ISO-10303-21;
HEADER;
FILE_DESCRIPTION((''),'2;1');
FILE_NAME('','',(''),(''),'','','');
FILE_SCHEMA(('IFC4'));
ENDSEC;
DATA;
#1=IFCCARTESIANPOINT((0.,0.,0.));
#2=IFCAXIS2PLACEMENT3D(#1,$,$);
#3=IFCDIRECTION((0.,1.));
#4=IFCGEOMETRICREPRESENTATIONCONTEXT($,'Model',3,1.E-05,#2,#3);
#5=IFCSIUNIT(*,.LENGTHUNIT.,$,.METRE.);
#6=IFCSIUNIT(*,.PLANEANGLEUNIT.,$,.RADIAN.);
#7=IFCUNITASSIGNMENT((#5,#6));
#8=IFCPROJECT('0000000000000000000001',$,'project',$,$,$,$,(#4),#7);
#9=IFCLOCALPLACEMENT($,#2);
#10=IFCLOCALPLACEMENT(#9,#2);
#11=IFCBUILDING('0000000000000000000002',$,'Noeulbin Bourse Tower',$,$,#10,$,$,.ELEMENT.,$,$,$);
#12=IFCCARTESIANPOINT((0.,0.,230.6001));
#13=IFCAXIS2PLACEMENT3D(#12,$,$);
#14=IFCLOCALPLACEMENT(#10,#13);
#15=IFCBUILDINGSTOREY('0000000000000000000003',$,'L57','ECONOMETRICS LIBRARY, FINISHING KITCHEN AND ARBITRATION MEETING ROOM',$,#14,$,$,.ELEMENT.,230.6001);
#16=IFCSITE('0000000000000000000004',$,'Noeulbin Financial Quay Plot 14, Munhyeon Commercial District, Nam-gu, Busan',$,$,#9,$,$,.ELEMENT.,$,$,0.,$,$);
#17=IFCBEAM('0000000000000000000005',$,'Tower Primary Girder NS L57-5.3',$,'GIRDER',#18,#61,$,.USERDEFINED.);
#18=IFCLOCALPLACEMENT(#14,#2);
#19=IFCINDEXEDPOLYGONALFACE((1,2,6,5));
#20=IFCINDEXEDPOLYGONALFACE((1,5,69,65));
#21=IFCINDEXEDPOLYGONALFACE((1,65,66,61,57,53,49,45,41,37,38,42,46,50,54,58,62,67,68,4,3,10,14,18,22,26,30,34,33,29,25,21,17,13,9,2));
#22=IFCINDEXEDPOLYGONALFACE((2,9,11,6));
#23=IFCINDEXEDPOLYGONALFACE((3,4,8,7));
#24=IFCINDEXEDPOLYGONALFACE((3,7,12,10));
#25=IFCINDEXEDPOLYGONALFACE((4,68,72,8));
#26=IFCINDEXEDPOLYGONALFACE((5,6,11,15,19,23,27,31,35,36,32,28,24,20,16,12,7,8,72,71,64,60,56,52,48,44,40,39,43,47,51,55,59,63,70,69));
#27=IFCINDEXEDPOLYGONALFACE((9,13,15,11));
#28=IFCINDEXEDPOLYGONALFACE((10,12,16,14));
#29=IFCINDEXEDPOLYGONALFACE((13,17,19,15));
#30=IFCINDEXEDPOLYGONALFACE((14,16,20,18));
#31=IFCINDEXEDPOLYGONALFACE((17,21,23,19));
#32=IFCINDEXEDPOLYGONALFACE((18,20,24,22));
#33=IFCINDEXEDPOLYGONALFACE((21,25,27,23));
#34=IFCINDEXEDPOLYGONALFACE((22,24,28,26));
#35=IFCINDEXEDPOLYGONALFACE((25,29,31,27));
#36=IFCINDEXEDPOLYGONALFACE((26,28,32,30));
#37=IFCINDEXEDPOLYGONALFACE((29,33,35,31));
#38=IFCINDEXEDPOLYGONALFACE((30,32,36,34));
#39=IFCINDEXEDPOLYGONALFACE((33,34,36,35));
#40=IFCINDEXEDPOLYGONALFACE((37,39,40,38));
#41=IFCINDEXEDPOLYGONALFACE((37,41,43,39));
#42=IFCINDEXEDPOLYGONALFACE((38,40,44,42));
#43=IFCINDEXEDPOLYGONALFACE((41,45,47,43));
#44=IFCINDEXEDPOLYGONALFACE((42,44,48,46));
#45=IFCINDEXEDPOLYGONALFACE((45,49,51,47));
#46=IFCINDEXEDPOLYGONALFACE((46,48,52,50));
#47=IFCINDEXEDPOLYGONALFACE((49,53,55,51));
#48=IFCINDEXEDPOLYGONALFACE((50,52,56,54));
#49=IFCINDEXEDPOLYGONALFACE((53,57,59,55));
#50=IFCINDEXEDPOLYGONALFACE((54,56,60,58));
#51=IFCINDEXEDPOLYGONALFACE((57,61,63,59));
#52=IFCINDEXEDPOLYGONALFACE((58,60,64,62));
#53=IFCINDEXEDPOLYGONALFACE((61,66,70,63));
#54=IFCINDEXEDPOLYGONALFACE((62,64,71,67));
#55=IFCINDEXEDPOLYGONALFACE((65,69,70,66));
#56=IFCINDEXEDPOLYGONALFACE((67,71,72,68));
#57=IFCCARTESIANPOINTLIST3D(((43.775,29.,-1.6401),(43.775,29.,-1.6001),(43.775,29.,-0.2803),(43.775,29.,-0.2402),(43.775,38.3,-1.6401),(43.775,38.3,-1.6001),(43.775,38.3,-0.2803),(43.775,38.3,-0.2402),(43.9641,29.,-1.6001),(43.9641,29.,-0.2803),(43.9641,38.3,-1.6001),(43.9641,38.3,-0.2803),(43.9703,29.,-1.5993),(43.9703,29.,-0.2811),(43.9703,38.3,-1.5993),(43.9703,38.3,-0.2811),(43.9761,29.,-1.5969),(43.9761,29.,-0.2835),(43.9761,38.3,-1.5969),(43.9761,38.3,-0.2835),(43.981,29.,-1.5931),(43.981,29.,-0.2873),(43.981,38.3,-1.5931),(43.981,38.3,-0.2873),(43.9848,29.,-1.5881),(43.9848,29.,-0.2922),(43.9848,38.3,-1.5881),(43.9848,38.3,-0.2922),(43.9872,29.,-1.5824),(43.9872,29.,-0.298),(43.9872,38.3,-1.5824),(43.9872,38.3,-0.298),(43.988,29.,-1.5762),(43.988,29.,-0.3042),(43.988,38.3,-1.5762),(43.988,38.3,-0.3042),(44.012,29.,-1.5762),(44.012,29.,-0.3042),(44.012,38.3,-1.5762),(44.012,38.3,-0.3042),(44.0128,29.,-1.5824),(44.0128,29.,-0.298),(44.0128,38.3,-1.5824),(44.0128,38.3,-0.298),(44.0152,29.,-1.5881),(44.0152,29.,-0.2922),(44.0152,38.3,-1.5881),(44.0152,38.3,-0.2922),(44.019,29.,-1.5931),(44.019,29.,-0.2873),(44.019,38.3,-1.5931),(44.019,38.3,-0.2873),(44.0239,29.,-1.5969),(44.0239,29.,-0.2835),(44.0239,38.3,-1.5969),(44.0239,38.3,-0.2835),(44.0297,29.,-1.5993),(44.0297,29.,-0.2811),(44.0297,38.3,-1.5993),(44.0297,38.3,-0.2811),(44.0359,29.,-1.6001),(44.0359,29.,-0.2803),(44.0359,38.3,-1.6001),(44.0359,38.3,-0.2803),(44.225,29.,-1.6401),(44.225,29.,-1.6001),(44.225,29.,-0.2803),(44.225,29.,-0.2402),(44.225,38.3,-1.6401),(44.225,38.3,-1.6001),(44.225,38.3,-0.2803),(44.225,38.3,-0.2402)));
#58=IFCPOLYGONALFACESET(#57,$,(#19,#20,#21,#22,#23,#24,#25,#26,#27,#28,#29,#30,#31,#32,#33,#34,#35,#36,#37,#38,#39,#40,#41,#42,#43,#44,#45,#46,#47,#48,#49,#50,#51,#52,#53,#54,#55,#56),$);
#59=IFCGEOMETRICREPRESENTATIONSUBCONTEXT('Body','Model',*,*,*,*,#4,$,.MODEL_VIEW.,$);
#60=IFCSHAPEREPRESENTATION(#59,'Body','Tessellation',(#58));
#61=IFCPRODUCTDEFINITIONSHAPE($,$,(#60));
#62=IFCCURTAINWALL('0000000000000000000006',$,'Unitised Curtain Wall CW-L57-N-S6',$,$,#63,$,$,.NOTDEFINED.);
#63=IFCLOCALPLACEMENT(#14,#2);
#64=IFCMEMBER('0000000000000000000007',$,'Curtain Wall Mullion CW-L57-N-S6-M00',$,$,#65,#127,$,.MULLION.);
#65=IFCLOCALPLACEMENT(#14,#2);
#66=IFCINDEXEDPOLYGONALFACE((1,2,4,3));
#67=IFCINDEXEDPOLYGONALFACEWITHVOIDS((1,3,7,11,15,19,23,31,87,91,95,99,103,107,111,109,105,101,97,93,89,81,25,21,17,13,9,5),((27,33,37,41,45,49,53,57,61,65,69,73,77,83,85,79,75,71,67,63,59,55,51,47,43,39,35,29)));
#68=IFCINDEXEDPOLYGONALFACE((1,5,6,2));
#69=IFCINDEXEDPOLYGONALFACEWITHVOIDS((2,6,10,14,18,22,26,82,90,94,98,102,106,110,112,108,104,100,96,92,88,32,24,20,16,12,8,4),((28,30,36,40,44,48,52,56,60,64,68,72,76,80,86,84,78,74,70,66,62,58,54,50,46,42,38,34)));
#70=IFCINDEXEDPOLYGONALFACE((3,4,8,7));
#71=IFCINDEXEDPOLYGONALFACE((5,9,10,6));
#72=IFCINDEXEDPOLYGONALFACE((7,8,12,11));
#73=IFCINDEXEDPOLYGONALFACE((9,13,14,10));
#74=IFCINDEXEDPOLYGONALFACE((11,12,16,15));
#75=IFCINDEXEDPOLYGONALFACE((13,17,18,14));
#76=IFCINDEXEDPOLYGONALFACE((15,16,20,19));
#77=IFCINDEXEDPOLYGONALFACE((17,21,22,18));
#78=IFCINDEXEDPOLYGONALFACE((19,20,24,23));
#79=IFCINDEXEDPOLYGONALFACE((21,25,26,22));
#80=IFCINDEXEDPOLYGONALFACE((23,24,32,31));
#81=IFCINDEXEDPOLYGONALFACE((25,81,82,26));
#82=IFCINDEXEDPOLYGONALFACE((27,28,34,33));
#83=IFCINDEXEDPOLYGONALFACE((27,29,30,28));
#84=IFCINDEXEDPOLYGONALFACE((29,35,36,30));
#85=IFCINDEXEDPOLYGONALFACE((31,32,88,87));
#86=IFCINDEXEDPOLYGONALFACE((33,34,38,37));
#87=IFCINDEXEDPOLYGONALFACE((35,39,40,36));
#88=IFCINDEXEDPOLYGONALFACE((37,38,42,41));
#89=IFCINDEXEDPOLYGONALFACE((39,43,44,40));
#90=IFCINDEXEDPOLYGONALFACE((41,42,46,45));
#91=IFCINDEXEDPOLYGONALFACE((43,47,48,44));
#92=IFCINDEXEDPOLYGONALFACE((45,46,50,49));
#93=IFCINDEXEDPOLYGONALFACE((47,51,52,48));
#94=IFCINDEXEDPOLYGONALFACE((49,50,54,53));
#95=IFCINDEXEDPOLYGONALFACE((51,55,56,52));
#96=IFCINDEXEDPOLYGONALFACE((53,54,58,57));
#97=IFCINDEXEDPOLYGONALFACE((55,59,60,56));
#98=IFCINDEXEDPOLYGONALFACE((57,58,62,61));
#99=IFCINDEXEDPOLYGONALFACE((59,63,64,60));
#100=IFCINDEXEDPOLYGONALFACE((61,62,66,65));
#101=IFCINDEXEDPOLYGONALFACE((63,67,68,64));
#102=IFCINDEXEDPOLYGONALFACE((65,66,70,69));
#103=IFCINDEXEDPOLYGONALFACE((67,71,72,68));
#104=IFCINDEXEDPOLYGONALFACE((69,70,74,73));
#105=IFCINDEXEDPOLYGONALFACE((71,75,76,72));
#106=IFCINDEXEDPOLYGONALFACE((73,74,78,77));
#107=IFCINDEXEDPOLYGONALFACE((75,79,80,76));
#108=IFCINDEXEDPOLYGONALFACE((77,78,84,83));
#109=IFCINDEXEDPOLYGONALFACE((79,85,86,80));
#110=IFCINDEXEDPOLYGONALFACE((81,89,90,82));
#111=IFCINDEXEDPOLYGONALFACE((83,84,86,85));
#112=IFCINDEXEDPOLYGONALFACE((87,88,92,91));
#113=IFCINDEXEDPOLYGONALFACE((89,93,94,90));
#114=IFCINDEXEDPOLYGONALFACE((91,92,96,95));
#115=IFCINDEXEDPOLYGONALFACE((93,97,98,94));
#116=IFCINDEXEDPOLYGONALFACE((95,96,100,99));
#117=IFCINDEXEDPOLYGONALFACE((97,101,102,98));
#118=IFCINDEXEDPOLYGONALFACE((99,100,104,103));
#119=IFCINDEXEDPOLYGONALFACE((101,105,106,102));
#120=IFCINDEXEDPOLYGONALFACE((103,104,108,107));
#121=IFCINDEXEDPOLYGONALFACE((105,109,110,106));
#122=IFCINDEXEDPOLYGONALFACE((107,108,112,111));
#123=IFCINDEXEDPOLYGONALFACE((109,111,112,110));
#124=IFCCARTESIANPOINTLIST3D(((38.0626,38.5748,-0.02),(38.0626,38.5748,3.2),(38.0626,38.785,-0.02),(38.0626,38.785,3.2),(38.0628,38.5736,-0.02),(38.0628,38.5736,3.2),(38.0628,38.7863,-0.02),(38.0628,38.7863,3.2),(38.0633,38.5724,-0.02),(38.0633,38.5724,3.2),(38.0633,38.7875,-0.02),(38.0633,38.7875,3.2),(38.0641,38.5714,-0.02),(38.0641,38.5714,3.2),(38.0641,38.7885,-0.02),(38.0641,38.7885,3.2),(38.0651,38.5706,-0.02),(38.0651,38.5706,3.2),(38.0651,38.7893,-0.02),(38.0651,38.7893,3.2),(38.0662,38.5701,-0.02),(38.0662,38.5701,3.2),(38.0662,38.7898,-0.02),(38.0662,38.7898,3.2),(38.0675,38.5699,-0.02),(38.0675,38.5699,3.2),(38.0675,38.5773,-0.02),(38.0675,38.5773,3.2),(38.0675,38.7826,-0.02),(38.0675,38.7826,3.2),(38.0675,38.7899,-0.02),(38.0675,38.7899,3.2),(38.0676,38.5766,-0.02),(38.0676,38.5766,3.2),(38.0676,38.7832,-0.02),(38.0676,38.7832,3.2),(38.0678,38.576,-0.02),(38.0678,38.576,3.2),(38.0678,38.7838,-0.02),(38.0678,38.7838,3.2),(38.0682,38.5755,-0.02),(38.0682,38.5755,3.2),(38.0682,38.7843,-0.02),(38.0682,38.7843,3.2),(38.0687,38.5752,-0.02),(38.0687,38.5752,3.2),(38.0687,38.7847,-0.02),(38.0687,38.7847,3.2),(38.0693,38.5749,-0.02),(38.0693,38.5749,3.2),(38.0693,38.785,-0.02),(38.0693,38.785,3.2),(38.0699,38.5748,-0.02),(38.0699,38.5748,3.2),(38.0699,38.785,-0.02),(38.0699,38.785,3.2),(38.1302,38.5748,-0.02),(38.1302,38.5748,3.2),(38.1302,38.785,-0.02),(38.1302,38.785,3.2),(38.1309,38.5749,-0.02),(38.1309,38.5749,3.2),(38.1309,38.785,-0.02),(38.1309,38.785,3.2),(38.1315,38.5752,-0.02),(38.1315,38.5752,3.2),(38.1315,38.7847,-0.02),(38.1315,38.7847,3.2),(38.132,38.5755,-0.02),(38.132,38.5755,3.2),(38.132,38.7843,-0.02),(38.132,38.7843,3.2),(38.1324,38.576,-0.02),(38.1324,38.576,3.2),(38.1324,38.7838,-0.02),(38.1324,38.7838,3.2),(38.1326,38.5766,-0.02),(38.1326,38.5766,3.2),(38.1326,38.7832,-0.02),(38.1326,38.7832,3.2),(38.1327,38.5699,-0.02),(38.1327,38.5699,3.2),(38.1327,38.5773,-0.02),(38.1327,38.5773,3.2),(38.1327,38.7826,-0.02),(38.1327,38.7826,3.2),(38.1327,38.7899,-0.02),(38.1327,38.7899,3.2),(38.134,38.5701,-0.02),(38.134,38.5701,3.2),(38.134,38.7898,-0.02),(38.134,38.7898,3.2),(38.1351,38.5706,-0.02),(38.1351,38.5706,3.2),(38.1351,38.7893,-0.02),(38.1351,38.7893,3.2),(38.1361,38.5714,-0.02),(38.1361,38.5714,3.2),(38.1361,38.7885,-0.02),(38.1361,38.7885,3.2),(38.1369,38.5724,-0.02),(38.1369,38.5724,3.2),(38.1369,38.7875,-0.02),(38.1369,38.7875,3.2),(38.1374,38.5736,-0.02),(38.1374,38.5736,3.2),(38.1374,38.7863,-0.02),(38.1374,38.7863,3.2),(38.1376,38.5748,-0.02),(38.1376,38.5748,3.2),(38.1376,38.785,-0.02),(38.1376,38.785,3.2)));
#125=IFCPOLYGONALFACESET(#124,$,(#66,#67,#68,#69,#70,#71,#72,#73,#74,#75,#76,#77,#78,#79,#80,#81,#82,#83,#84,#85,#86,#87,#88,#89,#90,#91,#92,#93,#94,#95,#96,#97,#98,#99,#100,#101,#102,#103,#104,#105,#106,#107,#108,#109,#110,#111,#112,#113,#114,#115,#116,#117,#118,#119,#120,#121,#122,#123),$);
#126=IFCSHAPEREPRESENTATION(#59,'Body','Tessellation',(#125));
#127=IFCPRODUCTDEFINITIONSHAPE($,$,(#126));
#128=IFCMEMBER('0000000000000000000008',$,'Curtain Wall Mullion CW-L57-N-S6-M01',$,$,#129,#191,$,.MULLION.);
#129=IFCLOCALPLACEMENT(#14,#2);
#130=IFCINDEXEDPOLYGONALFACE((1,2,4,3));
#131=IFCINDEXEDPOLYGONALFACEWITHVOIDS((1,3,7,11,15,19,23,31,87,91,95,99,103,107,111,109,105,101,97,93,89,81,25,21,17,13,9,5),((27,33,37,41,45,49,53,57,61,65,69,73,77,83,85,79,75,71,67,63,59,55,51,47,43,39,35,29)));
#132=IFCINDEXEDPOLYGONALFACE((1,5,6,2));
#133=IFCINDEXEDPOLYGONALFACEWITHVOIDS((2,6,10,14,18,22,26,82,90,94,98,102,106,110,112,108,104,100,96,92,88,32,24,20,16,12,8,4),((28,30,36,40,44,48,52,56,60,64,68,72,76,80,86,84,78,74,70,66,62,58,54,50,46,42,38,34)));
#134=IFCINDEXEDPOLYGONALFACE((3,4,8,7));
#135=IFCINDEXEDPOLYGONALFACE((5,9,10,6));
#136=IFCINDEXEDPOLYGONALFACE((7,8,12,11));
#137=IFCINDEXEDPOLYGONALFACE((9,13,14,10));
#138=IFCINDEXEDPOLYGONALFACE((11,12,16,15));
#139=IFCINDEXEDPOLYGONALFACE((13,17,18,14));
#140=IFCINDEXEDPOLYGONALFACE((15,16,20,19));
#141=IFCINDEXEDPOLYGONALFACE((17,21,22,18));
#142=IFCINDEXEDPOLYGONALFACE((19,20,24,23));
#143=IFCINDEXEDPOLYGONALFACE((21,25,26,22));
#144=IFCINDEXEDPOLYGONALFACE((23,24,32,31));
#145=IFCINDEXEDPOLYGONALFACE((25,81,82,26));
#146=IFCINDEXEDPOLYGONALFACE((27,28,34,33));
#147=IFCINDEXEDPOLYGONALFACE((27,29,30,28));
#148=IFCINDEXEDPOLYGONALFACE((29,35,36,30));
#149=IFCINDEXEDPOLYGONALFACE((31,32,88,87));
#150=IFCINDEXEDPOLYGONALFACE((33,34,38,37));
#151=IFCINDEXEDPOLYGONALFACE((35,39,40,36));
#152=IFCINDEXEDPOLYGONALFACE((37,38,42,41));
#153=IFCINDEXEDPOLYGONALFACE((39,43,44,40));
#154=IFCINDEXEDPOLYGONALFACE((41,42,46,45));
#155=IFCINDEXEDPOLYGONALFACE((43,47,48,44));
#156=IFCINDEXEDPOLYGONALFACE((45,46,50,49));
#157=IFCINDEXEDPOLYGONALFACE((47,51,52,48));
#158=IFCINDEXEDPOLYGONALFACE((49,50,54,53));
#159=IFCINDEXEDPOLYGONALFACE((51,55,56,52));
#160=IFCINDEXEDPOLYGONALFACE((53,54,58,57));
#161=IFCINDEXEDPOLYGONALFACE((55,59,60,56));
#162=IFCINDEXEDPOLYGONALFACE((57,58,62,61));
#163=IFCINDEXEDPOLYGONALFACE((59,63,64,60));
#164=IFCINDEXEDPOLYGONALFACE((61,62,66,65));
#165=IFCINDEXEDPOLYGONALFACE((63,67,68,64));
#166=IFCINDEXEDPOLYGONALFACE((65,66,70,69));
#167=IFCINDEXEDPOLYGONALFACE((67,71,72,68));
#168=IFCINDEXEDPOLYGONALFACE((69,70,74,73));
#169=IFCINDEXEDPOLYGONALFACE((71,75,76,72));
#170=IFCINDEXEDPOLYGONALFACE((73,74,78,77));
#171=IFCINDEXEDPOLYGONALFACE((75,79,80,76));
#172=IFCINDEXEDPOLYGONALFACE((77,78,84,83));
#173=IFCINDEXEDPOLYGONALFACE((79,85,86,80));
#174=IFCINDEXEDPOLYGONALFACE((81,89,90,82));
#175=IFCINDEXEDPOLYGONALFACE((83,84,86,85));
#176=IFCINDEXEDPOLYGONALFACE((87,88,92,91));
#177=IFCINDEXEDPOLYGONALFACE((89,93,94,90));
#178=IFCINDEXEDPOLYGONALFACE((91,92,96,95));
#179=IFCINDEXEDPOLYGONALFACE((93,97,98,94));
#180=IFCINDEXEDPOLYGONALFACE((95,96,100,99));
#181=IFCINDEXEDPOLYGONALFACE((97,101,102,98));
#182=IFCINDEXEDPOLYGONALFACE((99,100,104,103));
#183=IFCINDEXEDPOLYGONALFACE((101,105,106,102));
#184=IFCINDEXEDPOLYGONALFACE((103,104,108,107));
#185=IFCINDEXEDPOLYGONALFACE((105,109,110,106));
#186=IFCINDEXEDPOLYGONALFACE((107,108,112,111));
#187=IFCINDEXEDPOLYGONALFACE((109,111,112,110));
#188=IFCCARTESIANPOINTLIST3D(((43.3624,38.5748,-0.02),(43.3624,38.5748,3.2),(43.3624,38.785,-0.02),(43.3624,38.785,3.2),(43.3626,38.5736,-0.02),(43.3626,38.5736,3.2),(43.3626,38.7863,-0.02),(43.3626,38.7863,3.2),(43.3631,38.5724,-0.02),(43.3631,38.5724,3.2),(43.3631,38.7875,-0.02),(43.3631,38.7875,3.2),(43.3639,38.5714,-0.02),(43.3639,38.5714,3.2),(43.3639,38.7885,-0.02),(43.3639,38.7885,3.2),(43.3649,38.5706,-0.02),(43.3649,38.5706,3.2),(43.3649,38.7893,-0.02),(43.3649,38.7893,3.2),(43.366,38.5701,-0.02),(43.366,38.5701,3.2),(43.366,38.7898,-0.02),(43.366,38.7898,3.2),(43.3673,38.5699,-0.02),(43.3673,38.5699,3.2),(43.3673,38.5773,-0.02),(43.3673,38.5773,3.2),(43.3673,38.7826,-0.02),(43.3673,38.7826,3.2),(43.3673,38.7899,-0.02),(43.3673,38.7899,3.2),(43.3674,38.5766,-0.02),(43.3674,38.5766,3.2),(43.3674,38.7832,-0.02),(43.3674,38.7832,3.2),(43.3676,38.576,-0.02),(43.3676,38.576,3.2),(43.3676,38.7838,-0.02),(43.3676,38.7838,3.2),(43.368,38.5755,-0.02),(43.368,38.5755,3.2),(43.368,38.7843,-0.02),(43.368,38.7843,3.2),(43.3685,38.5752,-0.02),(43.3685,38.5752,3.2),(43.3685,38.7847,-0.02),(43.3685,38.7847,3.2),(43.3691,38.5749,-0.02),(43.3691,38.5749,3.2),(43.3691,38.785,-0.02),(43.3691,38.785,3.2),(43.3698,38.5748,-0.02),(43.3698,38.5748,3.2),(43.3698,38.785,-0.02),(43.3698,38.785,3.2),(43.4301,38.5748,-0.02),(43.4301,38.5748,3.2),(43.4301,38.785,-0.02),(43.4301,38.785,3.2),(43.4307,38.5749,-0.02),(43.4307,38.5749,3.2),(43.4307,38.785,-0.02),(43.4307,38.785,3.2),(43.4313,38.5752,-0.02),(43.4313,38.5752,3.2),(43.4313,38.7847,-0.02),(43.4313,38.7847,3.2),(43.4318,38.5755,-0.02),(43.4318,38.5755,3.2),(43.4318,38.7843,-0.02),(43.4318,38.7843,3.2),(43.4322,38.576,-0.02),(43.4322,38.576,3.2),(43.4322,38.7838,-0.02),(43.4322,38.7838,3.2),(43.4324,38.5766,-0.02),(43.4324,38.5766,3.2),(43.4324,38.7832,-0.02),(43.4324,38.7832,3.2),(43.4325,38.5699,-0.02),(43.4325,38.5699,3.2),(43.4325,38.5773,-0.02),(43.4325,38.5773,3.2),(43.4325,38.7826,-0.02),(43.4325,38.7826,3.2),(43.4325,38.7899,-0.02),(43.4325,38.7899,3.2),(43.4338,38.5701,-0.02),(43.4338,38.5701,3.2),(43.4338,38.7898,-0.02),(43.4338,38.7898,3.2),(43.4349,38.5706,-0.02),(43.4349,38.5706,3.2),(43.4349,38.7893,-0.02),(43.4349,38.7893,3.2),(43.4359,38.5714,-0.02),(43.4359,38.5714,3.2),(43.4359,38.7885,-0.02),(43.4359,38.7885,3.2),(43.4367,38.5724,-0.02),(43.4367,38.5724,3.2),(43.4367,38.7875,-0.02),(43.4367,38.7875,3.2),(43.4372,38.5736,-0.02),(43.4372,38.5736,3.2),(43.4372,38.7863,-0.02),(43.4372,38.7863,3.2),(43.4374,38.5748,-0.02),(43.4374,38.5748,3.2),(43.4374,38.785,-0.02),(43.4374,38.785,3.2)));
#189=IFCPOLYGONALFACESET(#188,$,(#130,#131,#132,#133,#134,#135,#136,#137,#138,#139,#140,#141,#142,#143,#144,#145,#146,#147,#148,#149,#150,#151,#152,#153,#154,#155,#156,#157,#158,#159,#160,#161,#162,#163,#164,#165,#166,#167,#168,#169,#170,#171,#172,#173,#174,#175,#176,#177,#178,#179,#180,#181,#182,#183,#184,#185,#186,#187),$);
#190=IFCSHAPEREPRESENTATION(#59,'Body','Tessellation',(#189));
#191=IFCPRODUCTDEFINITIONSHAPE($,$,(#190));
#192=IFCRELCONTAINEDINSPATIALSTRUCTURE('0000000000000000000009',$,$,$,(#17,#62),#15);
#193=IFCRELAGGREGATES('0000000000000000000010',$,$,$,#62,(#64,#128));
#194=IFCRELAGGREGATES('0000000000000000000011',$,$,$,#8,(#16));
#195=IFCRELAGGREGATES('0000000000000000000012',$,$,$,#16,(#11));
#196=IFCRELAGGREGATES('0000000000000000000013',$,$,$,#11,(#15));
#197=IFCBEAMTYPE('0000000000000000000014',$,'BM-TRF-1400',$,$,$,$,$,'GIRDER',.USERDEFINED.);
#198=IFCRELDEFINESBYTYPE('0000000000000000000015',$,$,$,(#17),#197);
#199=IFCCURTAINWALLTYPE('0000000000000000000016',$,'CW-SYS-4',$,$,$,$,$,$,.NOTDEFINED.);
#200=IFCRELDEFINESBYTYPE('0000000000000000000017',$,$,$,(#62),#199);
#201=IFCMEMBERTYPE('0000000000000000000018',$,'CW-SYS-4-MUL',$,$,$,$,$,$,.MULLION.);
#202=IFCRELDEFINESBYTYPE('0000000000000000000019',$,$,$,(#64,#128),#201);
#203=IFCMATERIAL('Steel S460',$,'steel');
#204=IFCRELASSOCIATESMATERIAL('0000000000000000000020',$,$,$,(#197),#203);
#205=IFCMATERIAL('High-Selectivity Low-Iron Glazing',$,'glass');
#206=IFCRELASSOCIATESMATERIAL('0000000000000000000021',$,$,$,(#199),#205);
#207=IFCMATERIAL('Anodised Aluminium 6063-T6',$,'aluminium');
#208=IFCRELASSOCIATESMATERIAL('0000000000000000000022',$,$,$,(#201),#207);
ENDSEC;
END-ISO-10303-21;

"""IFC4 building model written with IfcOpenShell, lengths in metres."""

from ifc_helpers import new_model, si_unit, direction, frame, origin, origin_2d, place, context, subcontext, project, spatial, hollow_rectangle, i_section, extrude, material, material_profile, profile_set, type_object, element, aggregate, save


model = new_model("IFC4")

# Units and contexts
model_context = context("Model", 3, precision=1e-05, world=origin(), true_north=direction((0.0, 1.0)))
body_context = subcontext(model_context, "Body", "Model", "MODEL_VIEW")
ifc_project = project(units=[si_unit("LENGTHUNIT", "METRE"), si_unit("PLANEANGLEUNIT", "RADIAN")], contexts=[model_context])

# Site, building, storey
site_placement = place(None, origin())
site = spatial("IfcSite", under=ifc_project, at=site_placement, Name="Noeulbin Financial Quay Plot 14, Munhyeon Commercial District, Nam-gu, Busan", CompositionType="ELEMENT", RefElevation=0.0)
building_placement = place(site_placement, origin())
building = spatial("IfcBuilding", under=site, at=building_placement, Name="Noeulbin Bourse Tower", CompositionType="ELEMENT")
storey_placement = place(building_placement, frame((0.0, 0.0, 230.6001)))
storey = spatial("IfcBuildingStorey", under=building, at=storey_placement, Name="L57", Description="ECONOMETRICS LIBRARY, FINISHING KITCHEN AND ARBITRATION MEETING ROOM", CompositionType="ELEMENT", Elevation=230.6001)

# Beam
ifc_material_1 = material(Name="Steel S460", Category="steel")
ifc_material_profile_1 = material_profile(ifc_material_1, i_section(OverallWidth=0.45, OverallDepth=1.3999, WebThickness=0.0239, FlangeThickness=0.04, FilletRadius=0.0239, at=origin_2d()), Name="PG-1400x450x24x40", Category="LoadBearing")
ifc_profile_set_1 = profile_set([ifc_material_profile_1], Name="Steel S460")
beam_type_1 = type_object("IfcBeamType", Name="BM-TRF-1400", ElementType="GIRDER", PredefinedType="USERDEFINED", material=ifc_profile_set_1)
beam_1_placement = place(storey_placement, frame((44.0, 29.0, -0.9402), z_axis=(0.0, 1.0, 0.0), x_axis=(-1.0, 0.0, 0.0)))
element("IfcBeam", 1, at=beam_1_placement, inside=storey, type_object=beam_type_1, Name="Tower Primary Girder NS L57-5.3", ObjectType="GIRDER", PredefinedType="USERDEFINED", context=body_context, shape_type="SweptSolid", body=[
    extrude(i_section(OverallWidth=0.45, OverallDepth=1.3999, WebThickness=0.0239, FlangeThickness=0.04, FilletRadius=0.0239, at=origin_2d()), origin(), (0.0, 0.0, 1.0), 9.3),
])

# Curtain wall, members
ifc_material_2 = material(Name="High-Selectivity Low-Iron Glazing", Category="glass")
curtain_wall_type = type_object("IfcCurtainWallType", Name="CW-SYS-4", PredefinedType="NOTDEFINED", material=ifc_material_2)
curtain_wall_1_placement = place(storey_placement, origin())
curtain_wall_1 = element("IfcCurtainWall", 2, at=curtain_wall_1_placement, inside=storey, type_object=curtain_wall_type, Name="Unitised Curtain Wall CW-L57-N-S6", PredefinedType="NOTDEFINED")
ifc_material_3 = material(Name="Anodised Aluminium 6063-T6", Category="aluminium")
ifc_material_profile_2 = material_profile(ifc_material_3, hollow_rectangle(XDim=0.075, YDim=0.22, WallThickness=0.0049, InnerFilletRadius=0.0024, OuterFilletRadius=0.0049, at=origin_2d()), Name="ALU-MULL-75x220x5", Category="LoadBearing")
ifc_profile_set_2 = profile_set([ifc_material_profile_2], Name="Anodised Aluminium 6063-T6")
member_type_1 = type_object("IfcMemberType", Name="CW-SYS-4-MUL", PredefinedType="MULLION", material=ifc_profile_set_2)
member_1_placement = place(storey_placement, frame((38.1001, 38.6799, -0.02), z_axis=(0.0, 0.0, 1.0), x_axis=(1.0, 0.0, 0.0)))
member_1 = element("IfcMember", 3, at=member_1_placement, type_object=member_type_1, Name="Curtain Wall Mullion CW-L57-N-S6-M00", PredefinedType="MULLION", context=body_context, shape_type="SweptSolid", body=[
    extrude(hollow_rectangle(XDim=0.075, YDim=0.22, WallThickness=0.0049, InnerFilletRadius=0.0024, OuterFilletRadius=0.0049, at=origin_2d()), origin(), (0.0, 0.0, 1.0), 3.22),
])
member_2_placement = place(storey_placement, frame((43.3999, 38.6799, -0.02), z_axis=(0.0, 0.0, 1.0), x_axis=(1.0, 0.0, 0.0)))
member_2 = element("IfcMember", 4, at=member_2_placement, type_object=member_type_1, Name="Curtain Wall Mullion CW-L57-N-S6-M01", PredefinedType="MULLION", context=body_context, shape_type="SweptSolid", body=[
    extrude(hollow_rectangle(XDim=0.075, YDim=0.22, WallThickness=0.0049, InnerFilletRadius=0.0024, OuterFilletRadius=0.0049, at=origin_2d()), origin(), (0.0, 0.0, 1.0), 3.22),
])

aggregate(curtain_wall_1, [member_1, member_2])

save(model, "model.ifc")
